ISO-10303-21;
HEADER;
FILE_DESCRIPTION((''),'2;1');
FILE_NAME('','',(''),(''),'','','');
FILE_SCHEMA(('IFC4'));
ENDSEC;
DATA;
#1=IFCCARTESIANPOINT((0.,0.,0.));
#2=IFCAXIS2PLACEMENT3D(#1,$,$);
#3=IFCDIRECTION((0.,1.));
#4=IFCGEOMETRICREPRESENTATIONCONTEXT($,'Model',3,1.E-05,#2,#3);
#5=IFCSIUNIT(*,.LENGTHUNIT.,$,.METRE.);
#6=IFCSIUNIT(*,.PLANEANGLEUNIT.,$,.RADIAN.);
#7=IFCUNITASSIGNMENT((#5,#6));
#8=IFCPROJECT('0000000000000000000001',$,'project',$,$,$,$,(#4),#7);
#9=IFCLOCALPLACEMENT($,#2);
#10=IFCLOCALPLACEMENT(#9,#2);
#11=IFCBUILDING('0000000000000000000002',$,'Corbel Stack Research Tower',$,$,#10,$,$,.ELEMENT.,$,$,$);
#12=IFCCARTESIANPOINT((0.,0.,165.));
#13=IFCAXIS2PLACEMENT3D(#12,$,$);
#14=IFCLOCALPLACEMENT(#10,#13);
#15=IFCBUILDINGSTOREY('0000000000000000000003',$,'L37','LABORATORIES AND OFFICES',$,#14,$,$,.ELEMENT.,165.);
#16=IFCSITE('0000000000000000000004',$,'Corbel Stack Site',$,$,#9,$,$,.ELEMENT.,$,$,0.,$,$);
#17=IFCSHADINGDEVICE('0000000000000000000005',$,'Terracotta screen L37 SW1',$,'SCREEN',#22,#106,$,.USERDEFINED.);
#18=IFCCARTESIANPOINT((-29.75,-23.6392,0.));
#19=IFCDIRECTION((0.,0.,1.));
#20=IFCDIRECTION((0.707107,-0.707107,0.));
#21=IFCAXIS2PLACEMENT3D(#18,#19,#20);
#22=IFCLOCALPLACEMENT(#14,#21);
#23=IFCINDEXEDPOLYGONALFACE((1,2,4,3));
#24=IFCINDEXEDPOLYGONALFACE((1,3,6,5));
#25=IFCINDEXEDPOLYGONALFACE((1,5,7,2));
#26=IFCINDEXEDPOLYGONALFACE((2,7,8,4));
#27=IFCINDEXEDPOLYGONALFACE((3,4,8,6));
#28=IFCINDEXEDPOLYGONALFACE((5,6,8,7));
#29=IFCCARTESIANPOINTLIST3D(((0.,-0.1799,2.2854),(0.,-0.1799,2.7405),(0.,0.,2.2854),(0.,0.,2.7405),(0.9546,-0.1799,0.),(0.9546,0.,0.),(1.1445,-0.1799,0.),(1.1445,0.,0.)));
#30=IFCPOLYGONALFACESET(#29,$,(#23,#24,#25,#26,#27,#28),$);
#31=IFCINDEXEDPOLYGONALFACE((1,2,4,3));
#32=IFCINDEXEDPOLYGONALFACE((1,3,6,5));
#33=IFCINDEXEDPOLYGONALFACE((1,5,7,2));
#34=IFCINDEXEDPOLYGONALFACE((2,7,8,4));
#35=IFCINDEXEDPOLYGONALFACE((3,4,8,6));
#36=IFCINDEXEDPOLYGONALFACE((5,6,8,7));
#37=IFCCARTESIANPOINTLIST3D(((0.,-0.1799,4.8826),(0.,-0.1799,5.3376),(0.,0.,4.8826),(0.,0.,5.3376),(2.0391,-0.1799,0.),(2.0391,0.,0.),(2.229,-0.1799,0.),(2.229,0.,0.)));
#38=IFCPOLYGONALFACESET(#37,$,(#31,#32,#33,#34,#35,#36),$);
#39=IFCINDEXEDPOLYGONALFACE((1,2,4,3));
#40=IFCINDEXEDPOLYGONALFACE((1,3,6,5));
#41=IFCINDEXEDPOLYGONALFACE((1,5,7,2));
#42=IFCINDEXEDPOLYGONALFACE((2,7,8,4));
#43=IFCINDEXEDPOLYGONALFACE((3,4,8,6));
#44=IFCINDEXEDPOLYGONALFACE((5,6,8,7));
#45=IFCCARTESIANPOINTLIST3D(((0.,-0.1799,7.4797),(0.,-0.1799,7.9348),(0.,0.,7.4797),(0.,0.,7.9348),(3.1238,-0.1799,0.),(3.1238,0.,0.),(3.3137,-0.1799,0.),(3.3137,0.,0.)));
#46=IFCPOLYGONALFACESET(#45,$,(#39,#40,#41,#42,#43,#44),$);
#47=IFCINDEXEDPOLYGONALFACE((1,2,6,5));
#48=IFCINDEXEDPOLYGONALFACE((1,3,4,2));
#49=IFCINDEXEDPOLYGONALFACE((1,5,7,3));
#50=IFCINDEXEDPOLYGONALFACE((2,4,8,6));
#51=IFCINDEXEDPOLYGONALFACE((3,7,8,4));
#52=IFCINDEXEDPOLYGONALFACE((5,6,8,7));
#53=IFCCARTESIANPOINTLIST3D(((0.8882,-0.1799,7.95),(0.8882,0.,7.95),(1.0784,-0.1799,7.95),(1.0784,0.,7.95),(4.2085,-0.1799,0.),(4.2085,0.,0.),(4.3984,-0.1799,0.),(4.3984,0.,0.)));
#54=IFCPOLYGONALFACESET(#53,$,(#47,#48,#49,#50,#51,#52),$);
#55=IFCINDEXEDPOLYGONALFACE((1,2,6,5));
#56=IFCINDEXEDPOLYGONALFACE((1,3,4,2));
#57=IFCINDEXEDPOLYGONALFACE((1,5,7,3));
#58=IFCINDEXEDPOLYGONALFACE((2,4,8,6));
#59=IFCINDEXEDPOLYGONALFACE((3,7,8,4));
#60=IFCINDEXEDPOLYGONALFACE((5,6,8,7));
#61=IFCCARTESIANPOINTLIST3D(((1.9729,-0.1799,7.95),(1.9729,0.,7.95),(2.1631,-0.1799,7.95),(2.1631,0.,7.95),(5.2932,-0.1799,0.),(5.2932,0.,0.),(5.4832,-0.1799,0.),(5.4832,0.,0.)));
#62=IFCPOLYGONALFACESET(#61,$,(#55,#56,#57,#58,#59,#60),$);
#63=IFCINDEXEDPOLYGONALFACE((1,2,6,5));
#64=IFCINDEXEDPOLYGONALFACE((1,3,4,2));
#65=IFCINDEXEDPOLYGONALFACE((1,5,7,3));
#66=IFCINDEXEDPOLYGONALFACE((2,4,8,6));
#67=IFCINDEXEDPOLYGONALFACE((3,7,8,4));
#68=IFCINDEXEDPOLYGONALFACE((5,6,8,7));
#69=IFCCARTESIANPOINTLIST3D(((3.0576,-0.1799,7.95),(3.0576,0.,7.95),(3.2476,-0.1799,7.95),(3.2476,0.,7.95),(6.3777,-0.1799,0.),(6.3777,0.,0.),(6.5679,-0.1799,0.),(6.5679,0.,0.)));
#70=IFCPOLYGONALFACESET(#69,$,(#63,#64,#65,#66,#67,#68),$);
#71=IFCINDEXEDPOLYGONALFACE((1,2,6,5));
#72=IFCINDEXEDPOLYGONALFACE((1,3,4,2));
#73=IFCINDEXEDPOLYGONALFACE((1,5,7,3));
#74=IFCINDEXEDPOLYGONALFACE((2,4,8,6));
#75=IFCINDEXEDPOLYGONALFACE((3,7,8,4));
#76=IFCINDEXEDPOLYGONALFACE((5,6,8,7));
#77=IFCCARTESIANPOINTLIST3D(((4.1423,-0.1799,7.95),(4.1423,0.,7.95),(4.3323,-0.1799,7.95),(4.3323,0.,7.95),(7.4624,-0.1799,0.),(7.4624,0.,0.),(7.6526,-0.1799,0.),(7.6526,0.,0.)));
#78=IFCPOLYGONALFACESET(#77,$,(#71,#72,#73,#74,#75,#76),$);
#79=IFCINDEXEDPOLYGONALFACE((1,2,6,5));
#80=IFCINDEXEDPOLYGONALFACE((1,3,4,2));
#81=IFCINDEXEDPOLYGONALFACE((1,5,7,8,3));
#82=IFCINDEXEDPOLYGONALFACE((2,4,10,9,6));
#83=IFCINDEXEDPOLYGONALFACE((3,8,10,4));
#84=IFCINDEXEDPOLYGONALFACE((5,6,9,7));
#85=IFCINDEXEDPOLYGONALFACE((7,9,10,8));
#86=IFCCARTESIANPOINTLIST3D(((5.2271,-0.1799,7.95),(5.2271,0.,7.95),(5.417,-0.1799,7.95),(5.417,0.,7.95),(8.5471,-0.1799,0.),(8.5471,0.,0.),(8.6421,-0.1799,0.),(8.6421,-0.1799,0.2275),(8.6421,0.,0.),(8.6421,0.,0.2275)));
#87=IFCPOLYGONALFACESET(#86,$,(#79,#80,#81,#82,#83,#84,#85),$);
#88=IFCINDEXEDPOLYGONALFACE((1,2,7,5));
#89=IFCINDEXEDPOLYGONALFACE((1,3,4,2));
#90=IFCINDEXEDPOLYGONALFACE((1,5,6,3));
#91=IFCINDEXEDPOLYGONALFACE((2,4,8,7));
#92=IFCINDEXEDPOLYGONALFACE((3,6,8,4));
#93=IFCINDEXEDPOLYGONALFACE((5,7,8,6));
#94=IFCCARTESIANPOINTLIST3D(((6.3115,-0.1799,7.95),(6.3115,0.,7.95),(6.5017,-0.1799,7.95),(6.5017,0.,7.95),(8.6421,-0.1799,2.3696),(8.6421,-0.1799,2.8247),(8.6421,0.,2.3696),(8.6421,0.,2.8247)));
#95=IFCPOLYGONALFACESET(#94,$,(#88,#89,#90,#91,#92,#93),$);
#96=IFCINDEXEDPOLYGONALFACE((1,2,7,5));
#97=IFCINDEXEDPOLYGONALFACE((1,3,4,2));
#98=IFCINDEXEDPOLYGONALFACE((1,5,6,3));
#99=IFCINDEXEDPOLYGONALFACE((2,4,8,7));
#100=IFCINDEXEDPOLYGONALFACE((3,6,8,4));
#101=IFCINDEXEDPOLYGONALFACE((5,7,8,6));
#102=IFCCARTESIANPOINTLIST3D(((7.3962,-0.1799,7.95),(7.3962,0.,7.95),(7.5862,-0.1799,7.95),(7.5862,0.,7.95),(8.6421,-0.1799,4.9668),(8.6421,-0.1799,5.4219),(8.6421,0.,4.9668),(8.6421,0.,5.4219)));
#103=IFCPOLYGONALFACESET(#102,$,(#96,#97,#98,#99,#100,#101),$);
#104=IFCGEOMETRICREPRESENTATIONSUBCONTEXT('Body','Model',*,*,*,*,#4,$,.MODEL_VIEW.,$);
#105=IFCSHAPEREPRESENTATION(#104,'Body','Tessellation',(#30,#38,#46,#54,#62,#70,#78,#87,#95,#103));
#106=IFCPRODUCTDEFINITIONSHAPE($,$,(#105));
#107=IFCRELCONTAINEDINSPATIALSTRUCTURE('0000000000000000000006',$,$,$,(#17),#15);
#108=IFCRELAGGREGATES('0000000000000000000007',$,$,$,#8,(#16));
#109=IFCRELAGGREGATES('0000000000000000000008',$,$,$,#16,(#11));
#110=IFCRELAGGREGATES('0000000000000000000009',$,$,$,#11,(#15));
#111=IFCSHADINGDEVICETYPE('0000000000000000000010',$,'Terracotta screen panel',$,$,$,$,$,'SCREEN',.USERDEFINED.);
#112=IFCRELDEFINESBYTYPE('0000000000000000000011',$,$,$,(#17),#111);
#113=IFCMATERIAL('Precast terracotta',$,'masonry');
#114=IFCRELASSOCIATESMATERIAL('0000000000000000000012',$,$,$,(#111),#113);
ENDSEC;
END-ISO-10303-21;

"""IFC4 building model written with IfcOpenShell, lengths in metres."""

from ifc_helpers import new_model, si_unit, direction, frame, origin, place, context, subcontext, project, spatial, polyline, outline, extrude, source, transform, mapped, material, type_object, element, save


model = new_model("IFC4")

# Units and contexts
model_context = context("Model", 3, precision=1e-05, world=origin(), true_north=direction((0.0, 1.0)))
body_context = subcontext(model_context, "Body", "Model", "MODEL_VIEW")
ifc_project = project(units=[si_unit("LENGTHUNIT", "METRE"), si_unit("PLANEANGLEUNIT", "RADIAN")], contexts=[model_context])

# Site, building, storey
site_placement = place(None, origin())
site = spatial("IfcSite", under=ifc_project, at=site_placement, Name="Corbel Stack Site", CompositionType="ELEMENT", RefElevation=0.0)
building_placement = place(site_placement, origin())
building = spatial("IfcBuilding", under=site, at=building_placement, Name="Corbel Stack Research Tower", CompositionType="ELEMENT")
storey_placement = place(building_placement, frame((0.0, 0.0, 165.0)))
storey = spatial("IfcBuildingStorey", under=building, at=storey_placement, Name="L37", Description="LABORATORIES AND OFFICES", CompositionType="ELEMENT", Elevation=165.0)

# Shading device
ifc_material_1 = material(Name="Precast terracotta", Category="masonry")
shading_device_type = type_object("IfcShadingDeviceType", Name="Terracotta screen panel", ElementType="SCREEN", PredefinedType="USERDEFINED", material=ifc_material_1)
shared_shape_1 = source(origin(), body_context, "Body", "SweptSolid", [
    extrude(outline(polyline([(1.1445, 0.0), (0.0, 2.7405), (0.0, 2.2854), (0.9546, 0.0), (1.1445, 0.0)])), frame((0.0, 0.0, 0.0), z_axis=(0.0, -1.0, 0.0), x_axis=(1.0, 0.0, 0.0)), (0.0, 0.0, 1.0), 0.1799),
    extrude(outline(polyline([(2.229, 0.0), (0.0, 5.3376), (0.0, 4.8826), (2.0391, 0.0), (2.229, 0.0)])), frame((0.0, 0.0, 0.0), z_axis=(0.0, -1.0, 0.0), x_axis=(1.0, 0.0, 0.0)), (0.0, 0.0, 1.0), 0.1799),
    extrude(outline(polyline([(3.3137, 0.0), (0.0, 7.9348), (0.0, 7.4797), (3.1238, 0.0), (3.3137, 0.0)])), frame((0.0, 0.0, 0.0), z_axis=(0.0, -1.0, 0.0), x_axis=(1.0, 0.0, 0.0)), (0.0, 0.0, 1.0), 0.1799),
    extrude(outline(polyline([(4.3984, 0.0), (1.0784, 7.95), (0.8882, 7.95), (4.2085, 0.0), (4.3984, 0.0)])), frame((0.0, 0.0, 0.0), z_axis=(0.0, -1.0, 0.0), x_axis=(1.0, 0.0, 0.0)), (0.0, 0.0, 1.0), 0.1799),
    extrude(outline(polyline([(5.4832, 0.0), (2.1631, 7.95), (1.9729, 7.95), (5.2932, 0.0), (5.4832, 0.0)])), frame((0.0, 0.0, 0.0), z_axis=(0.0, -1.0, 0.0), x_axis=(1.0, 0.0, 0.0)), (0.0, 0.0, 1.0), 0.1799),
    extrude(outline(polyline([(6.5679, 0.0), (3.2476, 7.95), (3.0576, 7.95), (6.3777, 0.0), (6.5679, 0.0)])), frame((0.0, 0.0, 0.0), z_axis=(0.0, -1.0, 0.0), x_axis=(1.0, 0.0, 0.0)), (0.0, 0.0, 1.0), 0.1799),
    extrude(outline(polyline([(7.6526, 0.0), (4.3323, 7.95), (4.1423, 7.95), (7.4624, 0.0), (7.6526, 0.0)])), frame((0.0, 0.0, 0.0), z_axis=(0.0, -1.0, 0.0), x_axis=(1.0, 0.0, 0.0)), (0.0, 0.0, 1.0), 0.1799),
    extrude(outline(polyline([(8.6421, 0.0), (8.6421, 0.2275), (5.417, 7.95), (5.2271, 7.95), (8.5471, 0.0), (8.6421, 0.0)])), frame((0.0, 0.0, 0.0), z_axis=(0.0, -1.0, 0.0), x_axis=(1.0, 0.0, 0.0)), (0.0, 0.0, 1.0), 0.1799),
    extrude(outline(polyline([(6.5017, 7.95), (6.3115, 7.95), (8.6421, 2.3696), (8.6421, 2.8247), (6.5017, 7.95)])), frame((0.0, 0.0, 0.0), z_axis=(0.0, -1.0, 0.0), x_axis=(1.0, 0.0, 0.0)), (0.0, 0.0, 1.0), 0.1799),
    extrude(outline(polyline([(7.5862, 7.95), (7.3962, 7.95), (8.6421, 4.9668), (8.6421, 5.4219), (7.5862, 7.95)])), frame((0.0, 0.0, 0.0), z_axis=(0.0, -1.0, 0.0), x_axis=(1.0, 0.0, 0.0)), (0.0, 0.0, 1.0), 0.1799),
])
shading_device_1_placement = place(storey_placement, frame((-29.75, -23.6392, 0.0), z_axis=(0.0, 0.0, 1.0), x_axis=(0.707107, -0.707107, 0.0)))
element("IfcShadingDevice", 1, at=shading_device_1_placement, inside=storey, type_object=shading_device_type, Name="Terracotta screen L37 SW1", ObjectType="SCREEN", PredefinedType="USERDEFINED", context=body_context, shape_type="MappedRepresentation", body=[
    mapped(shared_shape_1, transform((0.0, 0.0, 0.0))),
])

save(model, "model.ifc")
